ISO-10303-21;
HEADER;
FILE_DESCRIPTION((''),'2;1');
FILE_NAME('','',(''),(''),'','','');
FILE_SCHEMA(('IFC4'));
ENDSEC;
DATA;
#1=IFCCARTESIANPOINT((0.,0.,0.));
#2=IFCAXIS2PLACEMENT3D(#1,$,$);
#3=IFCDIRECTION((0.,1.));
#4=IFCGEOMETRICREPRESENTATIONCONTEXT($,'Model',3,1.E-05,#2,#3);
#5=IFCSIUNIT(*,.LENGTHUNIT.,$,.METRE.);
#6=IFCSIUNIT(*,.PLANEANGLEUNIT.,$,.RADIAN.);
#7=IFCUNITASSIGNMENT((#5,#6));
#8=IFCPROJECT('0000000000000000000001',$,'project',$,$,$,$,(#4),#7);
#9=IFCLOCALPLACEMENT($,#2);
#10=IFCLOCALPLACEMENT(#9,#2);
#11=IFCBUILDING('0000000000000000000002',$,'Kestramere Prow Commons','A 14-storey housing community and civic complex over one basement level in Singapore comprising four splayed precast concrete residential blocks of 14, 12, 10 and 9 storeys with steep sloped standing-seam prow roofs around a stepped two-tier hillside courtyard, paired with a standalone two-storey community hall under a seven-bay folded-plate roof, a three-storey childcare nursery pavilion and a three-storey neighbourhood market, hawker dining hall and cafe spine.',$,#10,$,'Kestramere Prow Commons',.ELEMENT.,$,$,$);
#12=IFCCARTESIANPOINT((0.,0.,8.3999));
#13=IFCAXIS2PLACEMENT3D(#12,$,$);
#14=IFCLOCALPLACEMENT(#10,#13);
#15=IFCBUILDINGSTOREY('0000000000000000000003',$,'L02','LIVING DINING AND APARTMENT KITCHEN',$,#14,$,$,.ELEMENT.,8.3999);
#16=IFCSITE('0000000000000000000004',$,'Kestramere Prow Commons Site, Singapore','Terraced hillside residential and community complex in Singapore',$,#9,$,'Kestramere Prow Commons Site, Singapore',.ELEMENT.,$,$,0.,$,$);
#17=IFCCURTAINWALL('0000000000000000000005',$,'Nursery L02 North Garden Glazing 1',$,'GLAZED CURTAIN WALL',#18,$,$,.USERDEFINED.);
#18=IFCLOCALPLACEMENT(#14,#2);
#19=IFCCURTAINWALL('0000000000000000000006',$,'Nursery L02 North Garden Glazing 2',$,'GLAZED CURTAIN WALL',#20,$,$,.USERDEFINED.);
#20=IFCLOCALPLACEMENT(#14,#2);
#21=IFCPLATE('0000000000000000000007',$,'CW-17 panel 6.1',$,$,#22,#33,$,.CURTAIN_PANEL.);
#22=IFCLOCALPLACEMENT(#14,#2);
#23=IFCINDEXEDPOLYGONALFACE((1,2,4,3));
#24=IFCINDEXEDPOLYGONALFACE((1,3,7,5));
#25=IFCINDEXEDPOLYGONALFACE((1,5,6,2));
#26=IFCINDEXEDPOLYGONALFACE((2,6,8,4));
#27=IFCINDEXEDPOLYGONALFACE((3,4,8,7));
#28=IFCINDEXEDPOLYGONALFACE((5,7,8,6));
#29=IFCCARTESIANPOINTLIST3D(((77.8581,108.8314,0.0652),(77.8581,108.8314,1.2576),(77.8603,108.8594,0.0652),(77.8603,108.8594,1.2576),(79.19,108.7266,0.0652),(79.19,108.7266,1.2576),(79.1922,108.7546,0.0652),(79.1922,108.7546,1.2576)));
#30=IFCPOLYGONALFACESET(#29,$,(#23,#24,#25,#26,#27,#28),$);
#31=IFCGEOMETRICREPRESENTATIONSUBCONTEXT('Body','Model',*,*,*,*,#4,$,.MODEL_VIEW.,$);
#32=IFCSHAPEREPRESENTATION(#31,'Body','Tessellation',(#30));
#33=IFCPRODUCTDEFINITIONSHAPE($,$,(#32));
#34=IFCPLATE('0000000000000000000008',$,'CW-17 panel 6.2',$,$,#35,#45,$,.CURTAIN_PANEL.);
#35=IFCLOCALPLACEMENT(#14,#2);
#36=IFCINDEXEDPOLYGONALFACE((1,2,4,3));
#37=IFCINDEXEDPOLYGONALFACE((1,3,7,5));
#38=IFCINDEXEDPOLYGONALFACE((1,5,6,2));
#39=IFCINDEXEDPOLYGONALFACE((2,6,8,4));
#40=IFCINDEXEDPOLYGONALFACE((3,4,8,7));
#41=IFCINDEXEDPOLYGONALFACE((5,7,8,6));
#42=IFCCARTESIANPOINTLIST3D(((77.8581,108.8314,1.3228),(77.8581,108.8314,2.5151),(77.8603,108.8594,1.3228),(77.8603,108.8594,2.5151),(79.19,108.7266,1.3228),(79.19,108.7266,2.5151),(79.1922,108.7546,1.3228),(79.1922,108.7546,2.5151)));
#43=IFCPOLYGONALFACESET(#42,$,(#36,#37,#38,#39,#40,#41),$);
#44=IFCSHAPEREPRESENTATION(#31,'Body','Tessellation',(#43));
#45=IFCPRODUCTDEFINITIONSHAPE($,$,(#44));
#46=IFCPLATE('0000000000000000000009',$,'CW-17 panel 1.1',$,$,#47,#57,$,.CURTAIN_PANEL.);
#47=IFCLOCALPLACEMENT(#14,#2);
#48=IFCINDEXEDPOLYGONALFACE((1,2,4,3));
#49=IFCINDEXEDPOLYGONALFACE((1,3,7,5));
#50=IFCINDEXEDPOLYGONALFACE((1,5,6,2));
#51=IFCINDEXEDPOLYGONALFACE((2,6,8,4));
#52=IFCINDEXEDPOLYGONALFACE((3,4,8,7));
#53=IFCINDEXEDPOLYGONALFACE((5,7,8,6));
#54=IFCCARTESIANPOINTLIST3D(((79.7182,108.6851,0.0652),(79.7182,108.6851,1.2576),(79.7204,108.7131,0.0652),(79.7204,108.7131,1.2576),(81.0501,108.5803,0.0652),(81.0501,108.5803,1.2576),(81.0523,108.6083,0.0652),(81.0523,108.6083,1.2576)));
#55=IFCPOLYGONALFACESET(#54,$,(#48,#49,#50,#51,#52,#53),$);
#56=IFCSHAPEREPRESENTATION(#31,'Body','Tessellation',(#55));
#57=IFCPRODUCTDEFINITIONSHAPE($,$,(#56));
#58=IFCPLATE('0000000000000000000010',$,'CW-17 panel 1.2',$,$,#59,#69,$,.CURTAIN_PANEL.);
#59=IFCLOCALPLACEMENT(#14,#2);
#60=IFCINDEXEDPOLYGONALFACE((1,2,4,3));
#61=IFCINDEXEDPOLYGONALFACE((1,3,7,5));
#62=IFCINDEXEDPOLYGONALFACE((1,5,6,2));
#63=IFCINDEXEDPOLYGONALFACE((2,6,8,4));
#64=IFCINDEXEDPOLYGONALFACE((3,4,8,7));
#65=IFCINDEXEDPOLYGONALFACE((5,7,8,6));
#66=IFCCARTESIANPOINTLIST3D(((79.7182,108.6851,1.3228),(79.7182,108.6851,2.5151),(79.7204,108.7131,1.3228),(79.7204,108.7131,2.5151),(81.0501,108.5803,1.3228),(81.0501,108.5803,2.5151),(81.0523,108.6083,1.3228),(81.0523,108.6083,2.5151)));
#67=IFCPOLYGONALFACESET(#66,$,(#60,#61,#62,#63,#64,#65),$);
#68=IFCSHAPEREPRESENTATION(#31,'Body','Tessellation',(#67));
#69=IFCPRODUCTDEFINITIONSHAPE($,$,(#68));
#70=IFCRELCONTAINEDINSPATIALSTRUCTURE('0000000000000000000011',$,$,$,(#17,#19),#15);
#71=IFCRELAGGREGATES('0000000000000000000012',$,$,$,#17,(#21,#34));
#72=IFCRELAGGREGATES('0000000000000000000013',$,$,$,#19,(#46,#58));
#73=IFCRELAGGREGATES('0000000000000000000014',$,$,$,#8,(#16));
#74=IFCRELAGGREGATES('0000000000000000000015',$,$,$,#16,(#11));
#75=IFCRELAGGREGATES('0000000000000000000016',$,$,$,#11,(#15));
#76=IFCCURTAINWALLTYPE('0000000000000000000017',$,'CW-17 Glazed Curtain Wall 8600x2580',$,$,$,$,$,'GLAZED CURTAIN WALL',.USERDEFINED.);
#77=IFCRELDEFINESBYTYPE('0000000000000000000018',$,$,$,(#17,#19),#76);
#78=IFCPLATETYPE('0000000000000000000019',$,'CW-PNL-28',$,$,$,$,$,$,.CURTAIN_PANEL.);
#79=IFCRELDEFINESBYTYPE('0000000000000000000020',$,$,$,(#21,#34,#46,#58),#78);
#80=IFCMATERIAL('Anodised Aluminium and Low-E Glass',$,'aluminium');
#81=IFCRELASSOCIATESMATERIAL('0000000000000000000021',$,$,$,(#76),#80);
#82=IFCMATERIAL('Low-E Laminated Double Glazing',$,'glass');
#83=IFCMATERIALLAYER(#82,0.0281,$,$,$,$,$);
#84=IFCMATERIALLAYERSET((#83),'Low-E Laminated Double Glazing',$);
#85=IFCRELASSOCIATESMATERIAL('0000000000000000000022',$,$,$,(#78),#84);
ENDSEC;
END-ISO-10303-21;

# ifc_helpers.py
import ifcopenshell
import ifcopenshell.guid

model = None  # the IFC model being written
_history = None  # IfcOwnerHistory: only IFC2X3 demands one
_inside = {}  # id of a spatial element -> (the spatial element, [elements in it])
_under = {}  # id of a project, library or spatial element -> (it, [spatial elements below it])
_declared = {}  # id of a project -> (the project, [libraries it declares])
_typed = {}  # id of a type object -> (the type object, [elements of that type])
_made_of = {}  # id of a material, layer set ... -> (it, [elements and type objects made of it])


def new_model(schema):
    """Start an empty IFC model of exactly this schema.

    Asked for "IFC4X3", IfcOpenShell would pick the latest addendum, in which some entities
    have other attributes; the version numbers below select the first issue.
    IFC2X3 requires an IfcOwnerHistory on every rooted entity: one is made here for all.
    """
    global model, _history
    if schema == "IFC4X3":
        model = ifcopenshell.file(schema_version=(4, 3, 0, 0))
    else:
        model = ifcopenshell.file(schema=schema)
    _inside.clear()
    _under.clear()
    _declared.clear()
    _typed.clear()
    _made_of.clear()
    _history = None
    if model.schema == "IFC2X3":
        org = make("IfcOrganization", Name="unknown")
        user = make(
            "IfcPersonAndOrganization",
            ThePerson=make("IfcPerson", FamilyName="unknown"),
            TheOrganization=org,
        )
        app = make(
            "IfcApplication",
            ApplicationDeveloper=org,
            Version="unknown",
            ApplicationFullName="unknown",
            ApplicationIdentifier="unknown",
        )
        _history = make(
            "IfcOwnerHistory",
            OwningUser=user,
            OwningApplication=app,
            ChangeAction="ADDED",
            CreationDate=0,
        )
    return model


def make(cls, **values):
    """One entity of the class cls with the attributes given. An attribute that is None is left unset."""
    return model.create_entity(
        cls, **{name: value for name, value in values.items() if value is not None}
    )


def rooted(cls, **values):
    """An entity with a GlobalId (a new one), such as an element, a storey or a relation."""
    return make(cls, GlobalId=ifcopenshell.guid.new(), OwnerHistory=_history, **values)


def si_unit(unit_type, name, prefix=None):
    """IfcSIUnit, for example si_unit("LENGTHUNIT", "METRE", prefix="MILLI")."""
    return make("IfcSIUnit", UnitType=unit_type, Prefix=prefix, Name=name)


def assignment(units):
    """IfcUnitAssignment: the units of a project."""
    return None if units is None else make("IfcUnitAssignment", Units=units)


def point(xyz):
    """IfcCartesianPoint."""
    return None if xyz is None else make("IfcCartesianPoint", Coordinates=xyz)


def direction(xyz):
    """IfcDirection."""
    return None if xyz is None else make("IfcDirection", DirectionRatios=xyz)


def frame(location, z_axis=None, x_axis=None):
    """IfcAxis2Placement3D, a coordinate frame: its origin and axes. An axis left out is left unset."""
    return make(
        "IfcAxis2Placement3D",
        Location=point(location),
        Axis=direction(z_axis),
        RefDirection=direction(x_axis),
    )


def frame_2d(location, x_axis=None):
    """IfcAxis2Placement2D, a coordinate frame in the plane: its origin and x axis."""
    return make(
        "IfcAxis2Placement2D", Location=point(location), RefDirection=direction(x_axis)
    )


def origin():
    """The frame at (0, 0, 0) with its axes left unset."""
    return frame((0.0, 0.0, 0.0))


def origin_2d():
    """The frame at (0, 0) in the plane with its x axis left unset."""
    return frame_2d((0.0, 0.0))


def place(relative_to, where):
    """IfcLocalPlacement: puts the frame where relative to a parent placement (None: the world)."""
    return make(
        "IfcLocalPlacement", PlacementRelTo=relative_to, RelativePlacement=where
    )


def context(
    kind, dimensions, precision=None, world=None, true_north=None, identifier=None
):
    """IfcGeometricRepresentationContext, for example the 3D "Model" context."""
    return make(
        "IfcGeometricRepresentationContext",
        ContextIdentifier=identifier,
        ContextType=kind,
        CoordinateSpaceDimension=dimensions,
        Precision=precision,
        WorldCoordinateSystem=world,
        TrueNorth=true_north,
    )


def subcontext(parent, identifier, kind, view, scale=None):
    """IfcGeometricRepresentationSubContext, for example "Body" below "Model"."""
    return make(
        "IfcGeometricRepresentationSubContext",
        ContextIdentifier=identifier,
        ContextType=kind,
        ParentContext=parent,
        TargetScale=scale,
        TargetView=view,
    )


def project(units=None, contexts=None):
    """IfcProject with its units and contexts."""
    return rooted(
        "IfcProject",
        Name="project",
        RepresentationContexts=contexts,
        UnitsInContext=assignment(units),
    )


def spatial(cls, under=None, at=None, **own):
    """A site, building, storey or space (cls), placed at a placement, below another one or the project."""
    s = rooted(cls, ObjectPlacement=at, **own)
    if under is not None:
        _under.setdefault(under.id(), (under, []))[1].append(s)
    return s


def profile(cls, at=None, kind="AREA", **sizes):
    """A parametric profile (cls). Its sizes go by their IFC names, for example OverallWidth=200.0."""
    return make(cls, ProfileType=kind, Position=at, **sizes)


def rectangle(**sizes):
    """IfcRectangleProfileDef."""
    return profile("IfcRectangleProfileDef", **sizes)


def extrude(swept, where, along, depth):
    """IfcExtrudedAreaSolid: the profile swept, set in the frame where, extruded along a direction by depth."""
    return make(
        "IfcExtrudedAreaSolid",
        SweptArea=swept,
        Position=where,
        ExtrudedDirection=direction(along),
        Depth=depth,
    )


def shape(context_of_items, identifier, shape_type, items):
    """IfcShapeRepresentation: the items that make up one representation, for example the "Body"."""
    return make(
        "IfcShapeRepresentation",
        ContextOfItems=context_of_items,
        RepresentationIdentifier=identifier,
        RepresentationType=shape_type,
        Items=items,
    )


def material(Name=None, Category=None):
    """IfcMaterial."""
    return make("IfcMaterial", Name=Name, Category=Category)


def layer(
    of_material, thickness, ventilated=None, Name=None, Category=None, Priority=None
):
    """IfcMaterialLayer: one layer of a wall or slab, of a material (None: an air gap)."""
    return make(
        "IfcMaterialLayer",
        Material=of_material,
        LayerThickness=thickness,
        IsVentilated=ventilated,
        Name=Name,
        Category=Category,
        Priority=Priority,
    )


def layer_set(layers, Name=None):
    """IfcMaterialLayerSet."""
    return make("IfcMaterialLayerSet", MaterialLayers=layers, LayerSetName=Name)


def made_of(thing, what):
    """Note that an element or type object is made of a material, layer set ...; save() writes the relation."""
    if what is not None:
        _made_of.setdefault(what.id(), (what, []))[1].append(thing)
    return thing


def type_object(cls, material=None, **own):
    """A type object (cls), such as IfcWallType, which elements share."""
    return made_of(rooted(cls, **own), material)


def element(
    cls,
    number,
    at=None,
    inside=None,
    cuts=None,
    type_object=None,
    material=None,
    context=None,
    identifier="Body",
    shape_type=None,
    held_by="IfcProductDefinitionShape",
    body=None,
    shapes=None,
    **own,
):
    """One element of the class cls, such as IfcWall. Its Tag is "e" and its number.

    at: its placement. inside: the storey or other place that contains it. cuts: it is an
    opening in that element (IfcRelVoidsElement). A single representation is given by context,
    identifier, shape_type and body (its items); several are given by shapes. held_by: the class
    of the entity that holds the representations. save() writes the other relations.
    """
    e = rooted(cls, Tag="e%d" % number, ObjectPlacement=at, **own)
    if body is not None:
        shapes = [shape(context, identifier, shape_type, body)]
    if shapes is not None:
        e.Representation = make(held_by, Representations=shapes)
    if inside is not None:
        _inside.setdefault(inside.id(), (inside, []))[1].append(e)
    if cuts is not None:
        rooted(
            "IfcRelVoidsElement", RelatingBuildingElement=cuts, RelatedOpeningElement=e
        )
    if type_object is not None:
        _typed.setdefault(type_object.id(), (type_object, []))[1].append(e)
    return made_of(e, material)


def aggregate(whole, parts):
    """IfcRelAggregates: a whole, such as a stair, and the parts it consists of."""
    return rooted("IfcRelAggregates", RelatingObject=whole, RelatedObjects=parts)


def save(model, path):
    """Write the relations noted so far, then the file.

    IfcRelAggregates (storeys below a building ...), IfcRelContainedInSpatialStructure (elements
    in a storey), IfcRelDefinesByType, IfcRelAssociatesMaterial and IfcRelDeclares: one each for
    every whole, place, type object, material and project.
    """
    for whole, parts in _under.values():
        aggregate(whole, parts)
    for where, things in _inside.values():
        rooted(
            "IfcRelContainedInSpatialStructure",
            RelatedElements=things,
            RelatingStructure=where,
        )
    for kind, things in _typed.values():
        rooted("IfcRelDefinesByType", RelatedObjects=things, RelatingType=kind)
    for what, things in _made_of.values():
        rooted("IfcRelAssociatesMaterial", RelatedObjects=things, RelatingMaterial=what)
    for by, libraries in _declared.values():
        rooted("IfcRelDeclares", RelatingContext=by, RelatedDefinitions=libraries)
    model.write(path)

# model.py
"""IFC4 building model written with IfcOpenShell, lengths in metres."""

from ifc_helpers import new_model, si_unit, direction, frame, origin, origin_2d, place, context, subcontext, project, spatial, rectangle, extrude, material, layer, layer_set, type_object, element, aggregate, save


model = new_model("IFC4")

# Units and contexts
model_context = context("Model", 3, precision=1e-05, world=origin(), true_north=direction((0.0, 1.0)))
body_context = subcontext(model_context, "Body", "Model", "MODEL_VIEW")
ifc_project = project(units=[si_unit("LENGTHUNIT", "METRE"), si_unit("PLANEANGLEUNIT", "RADIAN")], contexts=[model_context])

# Site, building, storey
site_placement = place(None, origin())
site = spatial("IfcSite", under=ifc_project, at=site_placement, Name="Kestramere Prow Commons Site, Singapore", Description="Terraced hillside residential and community complex in Singapore", LongName="Kestramere Prow Commons Site, Singapore", CompositionType="ELEMENT", RefElevation=0.0)
building_placement = place(site_placement, origin())
building = spatial("IfcBuilding", under=site, at=building_placement, Name="Kestramere Prow Commons", Description="A 14-storey housing community and civic complex over one basement level in Singapore comprising four splayed precast concrete residential blocks of 14, 12, 10 and 9 storeys with steep sloped standing-seam prow roofs around a stepped two-tier hillside courtyard, paired with a standalone two-storey community hall under a seven-bay folded-plate roof, a three-storey childcare nursery pavilion and a three-storey neighbourhood market, hawker dining hall and cafe spine.", LongName="Kestramere Prow Commons", CompositionType="ELEMENT")
storey_placement = place(building_placement, frame((0.0, 0.0, 8.3999)))
storey = spatial("IfcBuildingStorey", under=building, at=storey_placement, Name="L02", Description="LIVING DINING AND APARTMENT KITCHEN", CompositionType="ELEMENT", Elevation=8.3999)

# Curtain walls
ifc_material_1 = material(Name="Anodised Aluminium and Low-E Glass", Category="aluminium")
curtain_wall_type = type_object("IfcCurtainWallType", Name="CW-17 Glazed Curtain Wall 8600x2580", ElementType="GLAZED CURTAIN WALL", PredefinedType="USERDEFINED", material=ifc_material_1)
curtain_wall_1_placement = place(storey_placement, origin())
curtain_wall_1 = element("IfcCurtainWall", 1, at=curtain_wall_1_placement, inside=storey, type_object=curtain_wall_type, Name="Nursery L02 North Garden Glazing 1", ObjectType="GLAZED CURTAIN WALL", PredefinedType="USERDEFINED")
curtain_wall_2_placement = place(storey_placement, origin())
curtain_wall_2 = element("IfcCurtainWall", 2, at=curtain_wall_2_placement, inside=storey, type_object=curtain_wall_type, Name="Nursery L02 North Garden Glazing 2", ObjectType="GLAZED CURTAIN WALL", PredefinedType="USERDEFINED")

# Plates
ifc_material_2 = material(Name="Low-E Laminated Double Glazing", Category="glass")
ifc_layer = layer(ifc_material_2, 0.0281)
ifc_layer_set = layer_set([ifc_layer], Name="Low-E Laminated Double Glazing")
plate_type = type_object("IfcPlateType", Name="CW-PNL-28", PredefinedType="CURTAIN_PANEL", material=ifc_layer_set)
plate_1_placement = place(storey_placement, frame((78.5251, 108.793, 0.0652), z_axis=(0.0, 0.0, 1.0), x_axis=(0.996917, -0.078459, 0.0)))
plate_1 = element("IfcPlate", 3, at=plate_1_placement, type_object=plate_type, Name="CW-17 panel 6.1", PredefinedType="CURTAIN_PANEL", context=body_context, shape_type="SweptSolid", body=[
    extrude(rectangle(XDim=1.3359, YDim=0.0281, at=origin_2d()), origin(), (0.0, 0.0, 1.0), 1.1924),
])
plate_2_placement = place(storey_placement, frame((78.5251, 108.793, 1.3228), z_axis=(0.0, 0.0, 1.0), x_axis=(0.996917, -0.078459, 0.0)))
plate_2 = element("IfcPlate", 4, at=plate_2_placement, type_object=plate_type, Name="CW-17 panel 6.2", PredefinedType="CURTAIN_PANEL", context=body_context, shape_type="SweptSolid", body=[
    extrude(rectangle(XDim=1.3359, YDim=0.0281, at=origin_2d()), origin(), (0.0, 0.0, 1.0), 1.1924),
])
aggregate(curtain_wall_1, [plate_1, plate_2])
plate_3_placement = place(storey_placement, frame((80.3853, 108.6467, 0.0652), z_axis=(0.0, 0.0, 1.0), x_axis=(0.996917, -0.078459, 0.0)))
plate_3 = element("IfcPlate", 5, at=plate_3_placement, type_object=plate_type, Name="CW-17 panel 1.1", PredefinedType="CURTAIN_PANEL", context=body_context, shape_type="SweptSolid", body=[
    extrude(rectangle(XDim=1.3359, YDim=0.0281, at=origin_2d()), origin(), (0.0, 0.0, 1.0), 1.1924),
])
plate_4_placement = place(storey_placement, frame((80.3853, 108.6467, 1.3228), z_axis=(0.0, 0.0, 1.0), x_axis=(0.996917, -0.078459, 0.0)))
plate_4 = element("IfcPlate", 6, at=plate_4_placement, type_object=plate_type, Name="CW-17 panel 1.2", PredefinedType="CURTAIN_PANEL", context=body_context, shape_type="SweptSolid", body=[
    extrude(rectangle(XDim=1.3359, YDim=0.0281, at=origin_2d()), origin(), (0.0, 0.0, 1.0), 1.1924),
])
aggregate(curtain_wall_2, [plate_3, plate_4])

save(model, "model.ifc")
